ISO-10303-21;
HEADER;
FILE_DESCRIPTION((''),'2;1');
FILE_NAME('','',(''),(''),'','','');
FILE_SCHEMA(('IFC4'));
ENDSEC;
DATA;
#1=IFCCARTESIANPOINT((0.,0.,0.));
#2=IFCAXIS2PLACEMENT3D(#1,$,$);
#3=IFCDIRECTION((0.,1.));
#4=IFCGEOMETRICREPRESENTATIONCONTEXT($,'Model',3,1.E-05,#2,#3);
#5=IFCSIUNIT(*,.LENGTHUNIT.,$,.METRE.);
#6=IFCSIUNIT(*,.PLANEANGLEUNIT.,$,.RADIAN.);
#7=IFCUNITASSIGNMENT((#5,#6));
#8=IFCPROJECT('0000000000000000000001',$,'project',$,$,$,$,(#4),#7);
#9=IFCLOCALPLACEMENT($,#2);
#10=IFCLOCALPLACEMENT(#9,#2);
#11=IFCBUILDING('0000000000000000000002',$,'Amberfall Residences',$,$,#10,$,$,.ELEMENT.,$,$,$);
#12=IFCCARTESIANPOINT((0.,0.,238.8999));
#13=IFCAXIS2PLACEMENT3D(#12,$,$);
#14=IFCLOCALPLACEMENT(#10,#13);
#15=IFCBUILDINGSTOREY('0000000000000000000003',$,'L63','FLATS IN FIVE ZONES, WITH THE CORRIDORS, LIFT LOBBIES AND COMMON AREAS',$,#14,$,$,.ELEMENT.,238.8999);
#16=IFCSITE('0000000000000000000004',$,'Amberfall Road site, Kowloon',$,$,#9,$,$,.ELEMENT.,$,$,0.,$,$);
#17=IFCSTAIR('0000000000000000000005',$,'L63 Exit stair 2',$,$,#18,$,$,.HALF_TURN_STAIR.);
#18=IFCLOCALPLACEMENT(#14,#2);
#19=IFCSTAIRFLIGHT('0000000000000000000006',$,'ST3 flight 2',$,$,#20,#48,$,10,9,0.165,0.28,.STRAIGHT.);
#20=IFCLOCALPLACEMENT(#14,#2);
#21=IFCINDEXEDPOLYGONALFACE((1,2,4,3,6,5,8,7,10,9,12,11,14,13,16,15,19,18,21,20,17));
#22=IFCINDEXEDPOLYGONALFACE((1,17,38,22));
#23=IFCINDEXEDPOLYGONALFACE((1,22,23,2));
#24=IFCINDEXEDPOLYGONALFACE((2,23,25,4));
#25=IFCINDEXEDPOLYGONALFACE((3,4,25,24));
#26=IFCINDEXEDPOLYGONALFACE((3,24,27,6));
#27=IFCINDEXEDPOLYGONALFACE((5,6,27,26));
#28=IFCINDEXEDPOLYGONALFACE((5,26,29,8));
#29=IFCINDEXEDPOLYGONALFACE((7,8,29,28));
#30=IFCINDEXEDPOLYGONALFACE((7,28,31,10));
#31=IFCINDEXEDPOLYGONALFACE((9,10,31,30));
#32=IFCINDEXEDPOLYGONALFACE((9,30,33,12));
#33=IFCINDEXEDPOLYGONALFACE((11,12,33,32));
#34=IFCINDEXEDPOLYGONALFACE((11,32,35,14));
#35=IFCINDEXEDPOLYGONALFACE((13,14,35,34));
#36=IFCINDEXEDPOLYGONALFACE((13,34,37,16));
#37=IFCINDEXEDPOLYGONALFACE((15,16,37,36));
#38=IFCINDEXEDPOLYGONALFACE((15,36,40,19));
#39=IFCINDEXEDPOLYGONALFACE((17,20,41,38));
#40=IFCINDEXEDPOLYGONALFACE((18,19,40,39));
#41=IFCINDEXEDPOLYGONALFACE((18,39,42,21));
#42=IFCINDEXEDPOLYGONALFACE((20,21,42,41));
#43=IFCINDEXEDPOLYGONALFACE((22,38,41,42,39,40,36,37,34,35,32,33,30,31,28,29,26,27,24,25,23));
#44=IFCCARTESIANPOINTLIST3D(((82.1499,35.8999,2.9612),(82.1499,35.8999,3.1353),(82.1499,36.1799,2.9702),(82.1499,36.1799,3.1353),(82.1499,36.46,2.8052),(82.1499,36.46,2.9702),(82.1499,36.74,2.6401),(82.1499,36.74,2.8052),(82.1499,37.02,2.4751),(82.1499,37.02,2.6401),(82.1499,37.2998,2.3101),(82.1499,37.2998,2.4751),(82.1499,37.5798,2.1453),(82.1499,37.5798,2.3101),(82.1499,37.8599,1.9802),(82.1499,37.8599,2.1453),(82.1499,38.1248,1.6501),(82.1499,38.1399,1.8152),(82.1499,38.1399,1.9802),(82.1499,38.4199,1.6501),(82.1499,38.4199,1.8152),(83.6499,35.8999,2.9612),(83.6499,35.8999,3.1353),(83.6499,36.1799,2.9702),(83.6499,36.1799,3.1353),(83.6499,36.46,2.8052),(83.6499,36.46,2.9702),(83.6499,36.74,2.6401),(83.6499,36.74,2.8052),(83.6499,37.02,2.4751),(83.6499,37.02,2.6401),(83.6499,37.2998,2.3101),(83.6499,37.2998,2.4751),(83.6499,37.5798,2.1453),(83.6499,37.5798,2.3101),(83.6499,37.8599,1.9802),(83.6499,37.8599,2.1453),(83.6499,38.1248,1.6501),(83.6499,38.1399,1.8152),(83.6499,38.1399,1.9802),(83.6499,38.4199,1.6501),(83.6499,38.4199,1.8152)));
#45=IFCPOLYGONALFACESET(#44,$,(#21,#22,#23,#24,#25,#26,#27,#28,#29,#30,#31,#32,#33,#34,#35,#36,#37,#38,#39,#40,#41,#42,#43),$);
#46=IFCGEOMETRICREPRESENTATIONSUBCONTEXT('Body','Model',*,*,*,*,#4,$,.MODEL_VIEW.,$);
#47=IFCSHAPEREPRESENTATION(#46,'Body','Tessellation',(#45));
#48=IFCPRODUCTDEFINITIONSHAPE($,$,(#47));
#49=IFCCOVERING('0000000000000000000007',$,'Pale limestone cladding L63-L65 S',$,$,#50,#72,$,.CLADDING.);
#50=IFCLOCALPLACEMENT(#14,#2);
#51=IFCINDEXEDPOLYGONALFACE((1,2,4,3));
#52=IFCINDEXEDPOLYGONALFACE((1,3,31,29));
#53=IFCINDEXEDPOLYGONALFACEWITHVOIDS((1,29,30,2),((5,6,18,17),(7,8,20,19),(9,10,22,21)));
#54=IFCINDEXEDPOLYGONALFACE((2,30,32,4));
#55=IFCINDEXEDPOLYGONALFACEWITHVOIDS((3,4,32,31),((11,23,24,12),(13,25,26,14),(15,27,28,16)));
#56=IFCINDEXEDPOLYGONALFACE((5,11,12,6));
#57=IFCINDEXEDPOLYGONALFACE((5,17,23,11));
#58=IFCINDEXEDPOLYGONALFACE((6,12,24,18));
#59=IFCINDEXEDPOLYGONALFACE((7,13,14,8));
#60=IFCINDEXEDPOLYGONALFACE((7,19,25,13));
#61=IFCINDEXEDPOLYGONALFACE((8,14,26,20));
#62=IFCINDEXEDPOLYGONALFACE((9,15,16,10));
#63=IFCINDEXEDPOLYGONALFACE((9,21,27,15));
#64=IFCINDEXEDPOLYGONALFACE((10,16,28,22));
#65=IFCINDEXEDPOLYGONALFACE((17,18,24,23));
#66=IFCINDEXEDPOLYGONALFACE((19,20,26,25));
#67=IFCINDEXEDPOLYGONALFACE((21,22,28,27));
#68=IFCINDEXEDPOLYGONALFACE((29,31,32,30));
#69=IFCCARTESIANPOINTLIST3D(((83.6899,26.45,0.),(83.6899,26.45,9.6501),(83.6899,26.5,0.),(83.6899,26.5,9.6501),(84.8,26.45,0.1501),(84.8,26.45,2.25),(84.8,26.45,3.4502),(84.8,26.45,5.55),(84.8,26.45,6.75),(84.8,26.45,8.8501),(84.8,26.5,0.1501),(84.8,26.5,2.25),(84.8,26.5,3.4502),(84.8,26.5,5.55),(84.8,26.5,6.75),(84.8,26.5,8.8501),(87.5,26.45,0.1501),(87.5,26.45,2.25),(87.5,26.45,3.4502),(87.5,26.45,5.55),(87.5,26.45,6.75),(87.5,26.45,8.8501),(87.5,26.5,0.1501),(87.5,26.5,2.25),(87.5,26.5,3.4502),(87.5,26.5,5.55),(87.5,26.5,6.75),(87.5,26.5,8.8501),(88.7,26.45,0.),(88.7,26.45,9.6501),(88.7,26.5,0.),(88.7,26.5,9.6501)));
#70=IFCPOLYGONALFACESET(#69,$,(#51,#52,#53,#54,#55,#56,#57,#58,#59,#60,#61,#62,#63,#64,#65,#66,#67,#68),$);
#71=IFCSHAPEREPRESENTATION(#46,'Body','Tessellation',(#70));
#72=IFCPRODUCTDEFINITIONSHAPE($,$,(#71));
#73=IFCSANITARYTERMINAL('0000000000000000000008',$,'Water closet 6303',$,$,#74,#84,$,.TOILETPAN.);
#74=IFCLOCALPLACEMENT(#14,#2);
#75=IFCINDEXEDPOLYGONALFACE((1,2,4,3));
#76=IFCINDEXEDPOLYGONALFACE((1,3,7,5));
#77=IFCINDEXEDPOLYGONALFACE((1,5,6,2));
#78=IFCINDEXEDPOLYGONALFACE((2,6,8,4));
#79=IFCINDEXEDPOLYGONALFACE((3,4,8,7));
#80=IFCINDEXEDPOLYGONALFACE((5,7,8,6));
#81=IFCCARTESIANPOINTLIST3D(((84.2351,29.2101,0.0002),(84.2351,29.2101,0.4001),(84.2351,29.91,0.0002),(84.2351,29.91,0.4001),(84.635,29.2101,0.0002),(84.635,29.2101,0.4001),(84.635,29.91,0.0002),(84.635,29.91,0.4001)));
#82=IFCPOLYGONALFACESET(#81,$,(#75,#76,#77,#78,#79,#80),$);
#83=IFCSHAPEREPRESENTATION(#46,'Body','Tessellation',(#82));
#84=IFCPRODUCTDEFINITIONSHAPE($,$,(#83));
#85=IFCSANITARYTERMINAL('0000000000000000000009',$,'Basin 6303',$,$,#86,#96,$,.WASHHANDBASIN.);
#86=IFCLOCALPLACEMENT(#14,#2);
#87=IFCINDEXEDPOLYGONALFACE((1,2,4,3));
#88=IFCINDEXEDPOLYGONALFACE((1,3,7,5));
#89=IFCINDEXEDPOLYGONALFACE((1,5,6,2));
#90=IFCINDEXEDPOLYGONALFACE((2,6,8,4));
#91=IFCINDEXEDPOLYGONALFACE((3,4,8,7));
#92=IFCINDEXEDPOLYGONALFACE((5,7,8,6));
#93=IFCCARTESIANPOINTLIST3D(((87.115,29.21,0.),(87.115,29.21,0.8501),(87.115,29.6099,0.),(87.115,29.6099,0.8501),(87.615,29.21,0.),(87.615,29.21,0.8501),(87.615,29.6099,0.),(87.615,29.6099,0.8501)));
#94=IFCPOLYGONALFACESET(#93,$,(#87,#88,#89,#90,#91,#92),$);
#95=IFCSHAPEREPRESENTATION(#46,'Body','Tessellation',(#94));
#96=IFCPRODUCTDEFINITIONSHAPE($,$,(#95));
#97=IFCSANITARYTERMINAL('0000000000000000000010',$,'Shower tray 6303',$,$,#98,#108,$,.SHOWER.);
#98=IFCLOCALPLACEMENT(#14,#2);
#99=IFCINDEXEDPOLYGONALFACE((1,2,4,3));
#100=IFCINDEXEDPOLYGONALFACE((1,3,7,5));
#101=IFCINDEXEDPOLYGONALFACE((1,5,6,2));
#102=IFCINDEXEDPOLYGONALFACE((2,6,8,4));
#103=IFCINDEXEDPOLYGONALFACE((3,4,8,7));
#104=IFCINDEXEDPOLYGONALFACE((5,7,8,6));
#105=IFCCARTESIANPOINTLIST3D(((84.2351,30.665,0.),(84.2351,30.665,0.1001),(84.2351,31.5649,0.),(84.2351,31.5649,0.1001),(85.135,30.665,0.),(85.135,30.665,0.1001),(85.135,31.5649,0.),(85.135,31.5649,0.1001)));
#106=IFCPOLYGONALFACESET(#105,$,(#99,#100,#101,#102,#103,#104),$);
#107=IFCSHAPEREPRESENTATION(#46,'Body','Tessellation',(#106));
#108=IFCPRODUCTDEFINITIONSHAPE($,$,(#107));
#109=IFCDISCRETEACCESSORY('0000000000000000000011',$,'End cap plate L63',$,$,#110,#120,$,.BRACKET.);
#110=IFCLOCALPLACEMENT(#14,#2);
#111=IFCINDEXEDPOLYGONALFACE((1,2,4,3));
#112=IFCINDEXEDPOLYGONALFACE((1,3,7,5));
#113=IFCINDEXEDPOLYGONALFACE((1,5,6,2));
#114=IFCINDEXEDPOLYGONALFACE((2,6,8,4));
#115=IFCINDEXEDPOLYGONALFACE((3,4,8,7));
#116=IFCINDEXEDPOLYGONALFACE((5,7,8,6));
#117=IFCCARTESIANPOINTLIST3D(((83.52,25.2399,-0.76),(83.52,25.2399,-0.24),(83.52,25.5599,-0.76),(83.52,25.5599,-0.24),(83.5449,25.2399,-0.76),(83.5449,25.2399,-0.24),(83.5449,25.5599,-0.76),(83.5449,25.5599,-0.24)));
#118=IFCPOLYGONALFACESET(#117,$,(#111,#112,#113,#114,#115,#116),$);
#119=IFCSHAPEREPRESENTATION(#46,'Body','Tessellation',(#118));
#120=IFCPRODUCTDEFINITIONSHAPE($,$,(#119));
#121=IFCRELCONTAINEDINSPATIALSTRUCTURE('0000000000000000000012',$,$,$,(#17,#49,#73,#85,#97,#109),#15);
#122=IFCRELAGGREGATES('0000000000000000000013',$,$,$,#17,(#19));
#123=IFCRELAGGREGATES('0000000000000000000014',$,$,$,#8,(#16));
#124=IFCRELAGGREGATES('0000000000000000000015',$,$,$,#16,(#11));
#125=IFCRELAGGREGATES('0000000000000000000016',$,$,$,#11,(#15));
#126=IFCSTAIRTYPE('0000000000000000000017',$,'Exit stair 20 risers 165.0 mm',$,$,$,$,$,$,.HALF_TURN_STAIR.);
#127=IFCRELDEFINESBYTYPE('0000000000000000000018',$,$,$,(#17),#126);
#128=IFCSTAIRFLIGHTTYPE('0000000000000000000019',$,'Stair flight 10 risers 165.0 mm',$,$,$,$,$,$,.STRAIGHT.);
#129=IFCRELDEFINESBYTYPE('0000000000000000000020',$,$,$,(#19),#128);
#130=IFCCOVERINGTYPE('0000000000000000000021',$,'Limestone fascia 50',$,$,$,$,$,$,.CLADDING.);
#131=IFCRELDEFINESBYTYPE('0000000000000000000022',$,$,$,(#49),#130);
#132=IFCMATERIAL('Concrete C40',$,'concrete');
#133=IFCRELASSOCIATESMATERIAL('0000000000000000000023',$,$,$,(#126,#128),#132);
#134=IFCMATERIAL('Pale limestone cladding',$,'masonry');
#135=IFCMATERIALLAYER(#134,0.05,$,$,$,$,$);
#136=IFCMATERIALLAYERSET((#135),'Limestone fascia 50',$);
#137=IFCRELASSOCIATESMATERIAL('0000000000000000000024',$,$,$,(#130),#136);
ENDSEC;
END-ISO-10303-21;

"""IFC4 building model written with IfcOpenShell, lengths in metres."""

from ifc_helpers import new_model, si_unit, direction, frame, origin, origin_2d, place, context, subcontext, project, spatial, polyline, rectangle, outline, extrude, material, layer, layer_set, type_object, element, aggregate, save


model = new_model("IFC4")

# Units and contexts
model_context = context("Model", 3, precision=1e-05, world=origin(), true_north=direction((0.0, 1.0)))
body_context = subcontext(model_context, "Body", "Model", "MODEL_VIEW")
ifc_project = project(units=[si_unit("LENGTHUNIT", "METRE"), si_unit("PLANEANGLEUNIT", "RADIAN")], contexts=[model_context])

# Site, building, storey
site_placement = place(None, origin())
site = spatial("IfcSite", under=ifc_project, at=site_placement, Name="Amberfall Road site, Kowloon", CompositionType="ELEMENT", RefElevation=0.0)
building_placement = place(site_placement, origin())
building = spatial("IfcBuilding", under=site, at=building_placement, Name="Amberfall Residences", CompositionType="ELEMENT")
storey_placement = place(building_placement, frame((0.0, 0.0, 238.8999)))
storey = spatial("IfcBuildingStorey", under=building, at=storey_placement, Name="L63", Description="FLATS IN FIVE ZONES, WITH THE CORRIDORS, LIFT LOBBIES AND COMMON AREAS", CompositionType="ELEMENT", Elevation=238.8999)

# Stair, stair flight
ifc_material_1 = material(Name="Concrete C40", Category="concrete")
stair_type = type_object("IfcStairType", Name="Exit stair 20 risers 165.0 mm", PredefinedType="HALF_TURN_STAIR", material=ifc_material_1)
stair_placement = place(storey_placement, origin())
stair = element("IfcStair", 1, at=stair_placement, inside=storey, type_object=stair_type, Name="L63 Exit stair 2", PredefinedType="HALF_TURN_STAIR")
stair_flight_type = type_object("IfcStairFlightType", Name="Stair flight 10 risers 165.0 mm", PredefinedType="STRAIGHT", material=ifc_material_1)
stair_flight_1_placement = place(storey_placement, frame((82.8999, 38.4199, 1.6501), z_axis=(0.0, 0.0, 1.0), x_axis=(0.0, -1.0, 0.0)))
stair_flight_1 = element("IfcStairFlight", 2, at=stair_flight_1_placement, type_object=stair_flight_type, Name="ST3 flight 2", NumberOfRisers=10, NumberOfTreads=9, PredefinedType="STRAIGHT", RiserHeight=0.165, TreadLength=0.28, context=body_context, shape_type="SweptSolid", body=[
    extrude(outline(polyline([(0.0, 0.0), (0.0, 0.165), (0.28, 0.165), (0.28, 0.3301), (0.5601, 0.3301), (0.5601, 0.4951), (0.8401, 0.4951), (0.8401, 0.6599), (1.1201, 0.6599), (1.1201, 0.825), (1.3999, 0.825), (1.3999, 0.99), (1.6799, 0.99), (1.6799, 1.155), (1.96, 1.155), (1.96, 1.3201), (2.24, 1.3201), (2.24, 1.4851), (2.52, 1.4851), (2.52, 1.6499), (2.52, 1.311), (0.2952, 0.0), (0.0, 0.0)])), frame((0.0, 0.75, 0.0), z_axis=(0.0, -1.0, 0.0), x_axis=(1.0, 0.0, 0.0)), (0.0, 0.0, 1.0), 1.5),
])
aggregate(stair, [stair_flight_1])

# Covering
ifc_material_2 = material(Name="Pale limestone cladding", Category="masonry")
ifc_layer_1 = layer(ifc_material_2, 0.05)
ifc_layer_set_1 = layer_set([ifc_layer_1], Name="Limestone fascia 50")
covering_type = type_object("IfcCoveringType", Name="Limestone fascia 50", PredefinedType="CLADDING", material=ifc_layer_set_1)
covering_placement = place(storey_placement, frame((83.6899, 26.5, 9.6501), z_axis=(0.0, 1.0, 0.0), x_axis=(1.0, 0.0, 0.0)))
element("IfcCovering", 3, at=covering_placement, inside=storey, type_object=covering_type, Name="Pale limestone cladding L63-L65 S", PredefinedType="CLADDING", context=body_context, shape_type="SweptSolid", body=[
    extrude(outline(polyline([(0.0, 0.0), (5.01, 0.0), (5.01, 9.6501), (0.0, 9.6501), (0.0, 0.0)]), holes=[polyline([(1.1101, 7.4001), (3.8101, 7.4001), (3.8101, 9.5), (1.1101, 9.5), (1.1101, 7.4001)]), polyline([(1.1101, 4.1001), (3.8101, 4.1001), (3.8101, 6.2), (1.1101, 6.2), (1.1101, 4.1001)]), polyline([(1.1101, 0.8), (3.8101, 0.8), (3.8101, 2.9001), (1.1101, 2.9001), (1.1101, 0.8)])]), origin(), (0.0, 0.0, -1.0), 0.05),
])

# Sanitary terminals
sanitary_terminal_1_placement = place(storey_placement, frame((84.4351, 29.5601, 0.0002), z_axis=(0.0, 0.0, 1.0), x_axis=(1.0, 0.0, 0.0)))
element("IfcSanitaryTerminal", 4, at=sanitary_terminal_1_placement, inside=storey, Name="Water closet 6303", PredefinedType="TOILETPAN", context=body_context, shape_type="SweptSolid", body=[
    extrude(rectangle(XDim=0.3999, YDim=0.7, at=origin_2d()), origin(), (0.0, 0.0, 1.0), 0.3999),
])
sanitary_terminal_2_placement = place(storey_placement, frame((87.365, 29.4099, 0.0), z_axis=(0.0, 0.0, 1.0), x_axis=(1.0, 0.0, 0.0)))
element("IfcSanitaryTerminal", 5, at=sanitary_terminal_2_placement, inside=storey, Name="Basin 6303", PredefinedType="WASHHANDBASIN", context=body_context, shape_type="SweptSolid", body=[
    extrude(rectangle(XDim=0.5, YDim=0.3999, at=origin_2d()), origin(), (0.0, 0.0, 1.0), 0.8501),
])
sanitary_terminal_3_placement = place(storey_placement, frame((84.6851, 31.115, 0.0), z_axis=(0.0, 0.0, 1.0), x_axis=(1.0, 0.0, 0.0)))
element("IfcSanitaryTerminal", 6, at=sanitary_terminal_3_placement, inside=storey, Name="Shower tray 6303", PredefinedType="SHOWER", context=body_context, shape_type="SweptSolid", body=[
    extrude(rectangle(XDim=0.8999, YDim=0.8999, at=origin_2d()), origin(), (0.0, 0.0, 1.0), 0.1001),
])

# Discrete accessory
discrete_accessory_placement = place(storey_placement, frame((83.5325, 25.3999, -0.76), z_axis=(0.0, 0.0, 1.0), x_axis=(1.0, 0.0, 0.0)))
element("IfcDiscreteAccessory", 7, at=discrete_accessory_placement, inside=storey, Name="End cap plate L63", PredefinedType="BRACKET", context=body_context, shape_type="SweptSolid", body=[
    extrude(rectangle(XDim=0.0249, YDim=0.3201, at=origin_2d()), origin(), (0.0, 0.0, 1.0), 0.52),
])

save(model, "model.ifc")
